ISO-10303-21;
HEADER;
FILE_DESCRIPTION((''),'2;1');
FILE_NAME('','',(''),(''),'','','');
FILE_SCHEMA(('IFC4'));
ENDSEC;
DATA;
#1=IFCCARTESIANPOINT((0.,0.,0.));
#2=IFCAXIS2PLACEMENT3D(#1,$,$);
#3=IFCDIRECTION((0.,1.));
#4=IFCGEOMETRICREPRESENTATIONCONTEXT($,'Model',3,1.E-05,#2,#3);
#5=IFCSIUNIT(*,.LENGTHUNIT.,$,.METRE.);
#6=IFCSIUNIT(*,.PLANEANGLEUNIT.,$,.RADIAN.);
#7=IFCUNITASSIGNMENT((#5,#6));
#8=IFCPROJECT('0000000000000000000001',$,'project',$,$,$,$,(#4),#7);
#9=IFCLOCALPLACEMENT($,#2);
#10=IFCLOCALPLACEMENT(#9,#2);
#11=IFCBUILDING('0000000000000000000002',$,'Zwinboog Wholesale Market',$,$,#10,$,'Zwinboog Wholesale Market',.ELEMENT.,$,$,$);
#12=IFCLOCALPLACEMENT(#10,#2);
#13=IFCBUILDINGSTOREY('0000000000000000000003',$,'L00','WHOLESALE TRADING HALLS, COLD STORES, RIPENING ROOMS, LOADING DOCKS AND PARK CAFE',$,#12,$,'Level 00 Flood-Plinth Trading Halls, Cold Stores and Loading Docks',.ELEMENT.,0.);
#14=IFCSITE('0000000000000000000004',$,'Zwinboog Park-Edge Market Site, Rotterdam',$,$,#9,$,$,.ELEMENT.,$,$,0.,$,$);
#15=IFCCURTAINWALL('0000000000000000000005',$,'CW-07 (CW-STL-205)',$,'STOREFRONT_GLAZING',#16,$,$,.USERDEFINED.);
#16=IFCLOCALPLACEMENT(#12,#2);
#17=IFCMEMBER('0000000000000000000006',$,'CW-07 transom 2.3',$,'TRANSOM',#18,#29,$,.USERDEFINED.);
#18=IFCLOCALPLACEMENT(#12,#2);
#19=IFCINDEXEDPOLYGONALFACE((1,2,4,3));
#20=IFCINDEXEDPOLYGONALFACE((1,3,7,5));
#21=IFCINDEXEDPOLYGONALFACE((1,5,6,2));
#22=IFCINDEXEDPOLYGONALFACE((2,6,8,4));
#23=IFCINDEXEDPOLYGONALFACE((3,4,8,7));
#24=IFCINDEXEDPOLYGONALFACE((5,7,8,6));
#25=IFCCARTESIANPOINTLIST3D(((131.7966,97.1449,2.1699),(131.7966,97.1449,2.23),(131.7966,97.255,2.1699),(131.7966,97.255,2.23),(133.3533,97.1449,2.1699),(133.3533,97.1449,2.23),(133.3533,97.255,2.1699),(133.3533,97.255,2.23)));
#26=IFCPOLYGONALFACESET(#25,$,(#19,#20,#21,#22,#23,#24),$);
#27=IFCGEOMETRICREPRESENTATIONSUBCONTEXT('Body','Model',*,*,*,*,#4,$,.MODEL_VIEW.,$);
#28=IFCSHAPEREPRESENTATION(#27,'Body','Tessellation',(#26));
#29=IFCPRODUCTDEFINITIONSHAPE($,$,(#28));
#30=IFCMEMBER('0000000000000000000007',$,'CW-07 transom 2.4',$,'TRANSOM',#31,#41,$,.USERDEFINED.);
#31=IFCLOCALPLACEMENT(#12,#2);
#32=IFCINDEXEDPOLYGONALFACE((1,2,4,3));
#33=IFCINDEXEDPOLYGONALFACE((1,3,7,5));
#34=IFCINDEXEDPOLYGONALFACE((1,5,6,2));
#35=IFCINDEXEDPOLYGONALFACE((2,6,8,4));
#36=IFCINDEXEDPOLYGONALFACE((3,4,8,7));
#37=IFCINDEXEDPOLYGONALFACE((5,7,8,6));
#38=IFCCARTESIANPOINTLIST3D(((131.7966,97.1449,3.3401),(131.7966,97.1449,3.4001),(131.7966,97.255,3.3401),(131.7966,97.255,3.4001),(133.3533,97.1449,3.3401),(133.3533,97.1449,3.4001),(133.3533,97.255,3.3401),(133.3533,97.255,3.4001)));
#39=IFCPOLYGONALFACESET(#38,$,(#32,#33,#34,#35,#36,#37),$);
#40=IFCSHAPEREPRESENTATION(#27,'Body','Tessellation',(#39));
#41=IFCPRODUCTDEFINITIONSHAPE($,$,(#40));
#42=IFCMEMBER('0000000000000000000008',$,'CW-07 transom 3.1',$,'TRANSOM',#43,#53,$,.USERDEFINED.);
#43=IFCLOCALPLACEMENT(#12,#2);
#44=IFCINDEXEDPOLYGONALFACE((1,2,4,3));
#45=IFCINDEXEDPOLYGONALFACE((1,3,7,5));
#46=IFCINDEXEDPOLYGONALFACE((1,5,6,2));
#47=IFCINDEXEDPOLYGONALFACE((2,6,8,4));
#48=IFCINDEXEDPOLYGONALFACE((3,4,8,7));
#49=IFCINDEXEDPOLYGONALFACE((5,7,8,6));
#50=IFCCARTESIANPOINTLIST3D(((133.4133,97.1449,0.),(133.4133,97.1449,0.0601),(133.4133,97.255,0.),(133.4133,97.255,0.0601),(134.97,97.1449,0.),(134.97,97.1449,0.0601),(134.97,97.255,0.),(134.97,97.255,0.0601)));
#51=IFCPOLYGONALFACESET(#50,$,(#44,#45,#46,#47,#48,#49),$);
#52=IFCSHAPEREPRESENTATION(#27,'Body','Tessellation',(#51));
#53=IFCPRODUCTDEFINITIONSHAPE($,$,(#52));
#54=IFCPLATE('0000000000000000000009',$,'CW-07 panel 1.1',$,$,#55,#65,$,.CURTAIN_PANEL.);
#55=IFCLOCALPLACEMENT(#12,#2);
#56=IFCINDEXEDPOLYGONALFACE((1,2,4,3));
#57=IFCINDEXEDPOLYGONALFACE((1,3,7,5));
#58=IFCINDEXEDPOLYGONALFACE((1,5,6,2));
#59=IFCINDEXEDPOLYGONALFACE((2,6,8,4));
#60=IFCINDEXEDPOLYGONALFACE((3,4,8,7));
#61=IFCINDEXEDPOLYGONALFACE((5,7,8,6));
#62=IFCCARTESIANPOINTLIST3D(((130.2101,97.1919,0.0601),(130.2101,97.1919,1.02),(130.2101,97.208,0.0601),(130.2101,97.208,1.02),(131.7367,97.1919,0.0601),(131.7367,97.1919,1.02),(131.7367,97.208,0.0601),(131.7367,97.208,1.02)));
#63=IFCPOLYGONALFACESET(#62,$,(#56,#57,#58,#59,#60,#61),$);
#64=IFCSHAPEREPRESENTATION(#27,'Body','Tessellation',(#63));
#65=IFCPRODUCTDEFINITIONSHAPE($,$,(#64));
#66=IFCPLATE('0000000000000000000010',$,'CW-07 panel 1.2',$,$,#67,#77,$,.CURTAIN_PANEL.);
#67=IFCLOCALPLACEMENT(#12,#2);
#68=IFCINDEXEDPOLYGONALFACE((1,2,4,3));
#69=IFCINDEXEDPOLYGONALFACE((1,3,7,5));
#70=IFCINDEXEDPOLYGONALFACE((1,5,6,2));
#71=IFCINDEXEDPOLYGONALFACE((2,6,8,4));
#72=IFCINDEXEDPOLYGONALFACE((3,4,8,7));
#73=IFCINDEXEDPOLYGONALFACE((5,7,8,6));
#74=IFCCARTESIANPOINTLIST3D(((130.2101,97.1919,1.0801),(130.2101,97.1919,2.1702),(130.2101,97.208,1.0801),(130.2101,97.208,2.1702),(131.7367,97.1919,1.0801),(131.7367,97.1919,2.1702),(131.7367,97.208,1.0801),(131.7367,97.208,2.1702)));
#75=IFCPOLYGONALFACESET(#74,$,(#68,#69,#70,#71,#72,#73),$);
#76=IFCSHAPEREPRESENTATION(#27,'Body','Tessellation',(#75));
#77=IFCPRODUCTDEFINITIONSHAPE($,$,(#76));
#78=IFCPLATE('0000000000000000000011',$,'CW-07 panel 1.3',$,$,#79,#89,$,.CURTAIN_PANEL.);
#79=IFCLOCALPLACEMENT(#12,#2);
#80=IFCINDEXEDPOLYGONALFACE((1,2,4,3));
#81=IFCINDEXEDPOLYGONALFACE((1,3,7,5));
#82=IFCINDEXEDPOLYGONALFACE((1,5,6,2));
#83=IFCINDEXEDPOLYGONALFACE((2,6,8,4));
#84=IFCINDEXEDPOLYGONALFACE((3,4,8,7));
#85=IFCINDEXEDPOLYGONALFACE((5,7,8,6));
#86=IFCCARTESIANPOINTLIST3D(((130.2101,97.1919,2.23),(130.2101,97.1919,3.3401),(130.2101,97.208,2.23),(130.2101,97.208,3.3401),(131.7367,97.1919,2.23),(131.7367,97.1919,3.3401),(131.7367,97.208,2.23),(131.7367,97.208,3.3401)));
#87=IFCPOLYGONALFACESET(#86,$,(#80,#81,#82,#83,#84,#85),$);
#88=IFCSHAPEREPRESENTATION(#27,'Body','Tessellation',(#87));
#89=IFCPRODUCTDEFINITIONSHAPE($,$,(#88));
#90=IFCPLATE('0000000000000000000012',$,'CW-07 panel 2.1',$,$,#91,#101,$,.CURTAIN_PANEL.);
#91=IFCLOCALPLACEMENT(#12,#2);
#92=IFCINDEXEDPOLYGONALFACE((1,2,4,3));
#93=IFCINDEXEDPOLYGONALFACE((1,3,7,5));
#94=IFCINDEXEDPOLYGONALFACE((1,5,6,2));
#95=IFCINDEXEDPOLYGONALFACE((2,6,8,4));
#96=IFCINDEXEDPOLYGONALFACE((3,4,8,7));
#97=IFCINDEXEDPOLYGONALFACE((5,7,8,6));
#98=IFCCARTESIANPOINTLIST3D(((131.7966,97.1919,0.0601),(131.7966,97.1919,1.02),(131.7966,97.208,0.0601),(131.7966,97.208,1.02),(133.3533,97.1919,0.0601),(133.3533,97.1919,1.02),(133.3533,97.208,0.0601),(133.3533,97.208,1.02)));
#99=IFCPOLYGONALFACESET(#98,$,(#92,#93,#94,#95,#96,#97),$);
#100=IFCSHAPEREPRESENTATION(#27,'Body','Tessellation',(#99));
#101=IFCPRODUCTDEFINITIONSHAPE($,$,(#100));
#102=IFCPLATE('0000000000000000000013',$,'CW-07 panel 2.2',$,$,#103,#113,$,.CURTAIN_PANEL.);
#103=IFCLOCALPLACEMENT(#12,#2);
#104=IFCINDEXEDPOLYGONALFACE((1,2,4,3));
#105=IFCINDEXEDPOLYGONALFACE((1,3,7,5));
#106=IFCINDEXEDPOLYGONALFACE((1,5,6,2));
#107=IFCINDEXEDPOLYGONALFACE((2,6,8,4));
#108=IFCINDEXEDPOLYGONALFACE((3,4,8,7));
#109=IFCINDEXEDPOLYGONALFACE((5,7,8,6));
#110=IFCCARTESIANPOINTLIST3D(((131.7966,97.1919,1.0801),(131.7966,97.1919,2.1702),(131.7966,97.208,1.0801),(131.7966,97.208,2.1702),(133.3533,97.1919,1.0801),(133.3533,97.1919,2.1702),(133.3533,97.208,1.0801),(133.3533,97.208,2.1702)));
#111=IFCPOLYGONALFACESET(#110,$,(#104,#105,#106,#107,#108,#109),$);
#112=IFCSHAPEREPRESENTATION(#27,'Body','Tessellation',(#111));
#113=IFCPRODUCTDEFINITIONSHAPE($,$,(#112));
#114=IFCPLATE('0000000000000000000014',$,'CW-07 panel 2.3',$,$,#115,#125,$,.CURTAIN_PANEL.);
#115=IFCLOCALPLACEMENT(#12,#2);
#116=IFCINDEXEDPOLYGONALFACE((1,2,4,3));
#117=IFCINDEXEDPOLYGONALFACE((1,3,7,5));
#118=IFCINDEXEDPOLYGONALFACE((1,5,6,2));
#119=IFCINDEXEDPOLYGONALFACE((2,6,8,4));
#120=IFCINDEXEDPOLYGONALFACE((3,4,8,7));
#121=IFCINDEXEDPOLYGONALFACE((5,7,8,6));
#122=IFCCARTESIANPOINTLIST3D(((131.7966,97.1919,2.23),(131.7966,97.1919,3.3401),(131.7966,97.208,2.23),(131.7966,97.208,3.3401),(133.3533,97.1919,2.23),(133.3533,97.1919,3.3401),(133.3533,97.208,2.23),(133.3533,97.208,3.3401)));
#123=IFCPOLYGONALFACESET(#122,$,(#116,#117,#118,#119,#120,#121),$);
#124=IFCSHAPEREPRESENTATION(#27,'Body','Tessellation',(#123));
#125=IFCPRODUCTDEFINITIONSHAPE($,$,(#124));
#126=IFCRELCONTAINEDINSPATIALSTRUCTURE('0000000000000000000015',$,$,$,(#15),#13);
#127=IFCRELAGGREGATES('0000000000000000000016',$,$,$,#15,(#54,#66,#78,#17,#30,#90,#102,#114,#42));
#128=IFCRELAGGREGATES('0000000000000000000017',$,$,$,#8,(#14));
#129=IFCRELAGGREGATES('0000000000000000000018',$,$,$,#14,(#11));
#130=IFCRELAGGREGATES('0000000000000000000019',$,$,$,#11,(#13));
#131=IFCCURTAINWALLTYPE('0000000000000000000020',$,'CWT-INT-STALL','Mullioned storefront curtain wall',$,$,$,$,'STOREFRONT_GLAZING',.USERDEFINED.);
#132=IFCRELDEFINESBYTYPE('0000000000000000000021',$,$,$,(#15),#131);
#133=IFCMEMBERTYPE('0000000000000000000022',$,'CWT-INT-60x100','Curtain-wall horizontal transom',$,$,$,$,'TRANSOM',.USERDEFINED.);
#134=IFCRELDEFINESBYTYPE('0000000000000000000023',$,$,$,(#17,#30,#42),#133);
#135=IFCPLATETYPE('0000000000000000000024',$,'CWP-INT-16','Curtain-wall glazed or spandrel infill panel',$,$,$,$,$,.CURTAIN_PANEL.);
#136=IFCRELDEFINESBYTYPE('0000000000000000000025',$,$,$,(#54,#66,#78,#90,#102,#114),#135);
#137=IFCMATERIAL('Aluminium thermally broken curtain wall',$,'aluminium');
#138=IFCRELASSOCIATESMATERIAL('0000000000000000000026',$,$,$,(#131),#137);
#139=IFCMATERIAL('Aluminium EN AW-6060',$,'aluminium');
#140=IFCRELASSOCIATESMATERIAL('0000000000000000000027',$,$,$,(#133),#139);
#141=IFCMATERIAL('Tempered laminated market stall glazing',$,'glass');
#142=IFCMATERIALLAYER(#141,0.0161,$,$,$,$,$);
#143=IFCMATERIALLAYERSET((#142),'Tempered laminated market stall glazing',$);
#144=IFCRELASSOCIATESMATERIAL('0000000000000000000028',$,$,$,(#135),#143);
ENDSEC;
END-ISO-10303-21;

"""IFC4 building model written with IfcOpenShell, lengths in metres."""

from ifc_helpers import new_model, si_unit, direction, frame, origin, origin_2d, place, context, subcontext, project, spatial, rectangle, extrude, material, layer, layer_set, material_profile, profile_set, type_object, element, aggregate, save


model = new_model("IFC4")

# Units and contexts
model_context = context("Model", 3, precision=1e-05, world=origin(), true_north=direction((0.0, 1.0)))
body_context = subcontext(model_context, "Body", "Model", "MODEL_VIEW")
ifc_project = project(units=[si_unit("LENGTHUNIT", "METRE"), si_unit("PLANEANGLEUNIT", "RADIAN")], contexts=[model_context])

# Site, building, storey
site_placement = place(None, origin())
site = spatial("IfcSite", under=ifc_project, at=site_placement, Name="Zwinboog Park-Edge Market Site, Rotterdam", CompositionType="ELEMENT", RefElevation=0.0)
building_placement = place(site_placement, origin())
building = spatial("IfcBuilding", under=site, at=building_placement, Name="Zwinboog Wholesale Market", LongName="Zwinboog Wholesale Market", CompositionType="ELEMENT")
storey_placement = place(building_placement, origin())
storey = spatial("IfcBuildingStorey", under=building, at=storey_placement, Name="L00", Description="WHOLESALE TRADING HALLS, COLD STORES, RIPENING ROOMS, LOADING DOCKS AND PARK CAFE", LongName="Level 00 Flood-Plinth Trading Halls, Cold Stores and Loading Docks", CompositionType="ELEMENT", Elevation=0.0)

# Curtain wall, members, plates
ifc_material_1 = material(Name="Aluminium thermally broken curtain wall", Category="aluminium")
curtain_wall_type = type_object("IfcCurtainWallType", Name="CWT-INT-STALL", Description="Mullioned storefront curtain wall", ElementType="STOREFRONT_GLAZING", PredefinedType="USERDEFINED", material=ifc_material_1)
curtain_wall_placement = place(storey_placement, origin())
curtain_wall = element("IfcCurtainWall", 1, at=curtain_wall_placement, inside=storey, type_object=curtain_wall_type, Name="CW-07 (CW-STL-205)", ObjectType="STOREFRONT_GLAZING", PredefinedType="USERDEFINED")
ifc_material_2 = material(Name="Aluminium EN AW-6060", Category="aluminium")
ifc_material_profile_1 = material_profile(ifc_material_2, rectangle(XDim=0.1101, YDim=0.0601, at=origin_2d()), Name="AL 60x110")
ifc_profile_set_1 = profile_set([ifc_material_profile_1], Name="Aluminium EN AW-6060")
member_type_1 = type_object("IfcMemberType", Name="CWT-INT-60x100", Description="Curtain-wall horizontal transom", ElementType="TRANSOM", PredefinedType="USERDEFINED", material=ifc_profile_set_1)
member_1_placement = place(storey_placement, frame((131.7966, 97.2, 2.2), z_axis=(1.0, 0.0, 0.0), x_axis=(0.0, 1.0, 0.0)))
member_1 = element("IfcMember", 2, at=member_1_placement, type_object=member_type_1, Name="CW-07 transom 2.3", ObjectType="TRANSOM", PredefinedType="USERDEFINED", context=body_context, shape_type="SweptSolid", body=[
    extrude(rectangle(XDim=0.1101, YDim=0.0601, at=origin_2d()), origin(), (0.0, 0.0, 1.0), 1.5566),
])
member_2_placement = place(storey_placement, frame((131.7966, 97.2, 3.3701), z_axis=(1.0, 0.0, 0.0), x_axis=(0.0, 1.0, 0.0)))
member_2 = element("IfcMember", 3, at=member_2_placement, type_object=member_type_1, Name="CW-07 transom 2.4", ObjectType="TRANSOM", PredefinedType="USERDEFINED", context=body_context, shape_type="SweptSolid", body=[
    extrude(rectangle(XDim=0.1101, YDim=0.0601, at=origin_2d()), origin(), (0.0, 0.0, 1.0), 1.5566),
])
member_3_placement = place(storey_placement, frame((133.4133, 97.2, 0.03), z_axis=(1.0, 0.0, 0.0), x_axis=(0.0, 1.0, 0.0)))
member_3 = element("IfcMember", 4, at=member_3_placement, type_object=member_type_1, Name="CW-07 transom 3.1", ObjectType="TRANSOM", PredefinedType="USERDEFINED", context=body_context, shape_type="SweptSolid", body=[
    extrude(rectangle(XDim=0.1101, YDim=0.0601, at=origin_2d()), origin(), (0.0, 0.0, 1.0), 1.5566),
])
ifc_material_3 = material(Name="Tempered laminated market stall glazing", Category="glass")
ifc_layer = layer(ifc_material_3, 0.0161)
ifc_layer_set = layer_set([ifc_layer], Name="Tempered laminated market stall glazing")
plate_type = type_object("IfcPlateType", Name="CWP-INT-16", Description="Curtain-wall glazed or spandrel infill panel", PredefinedType="CURTAIN_PANEL", material=ifc_layer_set)
plate_1_placement = place(storey_placement, frame((130.9734, 97.2, 0.0601), z_axis=(0.0, 0.0, 1.0), x_axis=(1.0, 0.0, 0.0)))
plate_1 = element("IfcPlate", 5, at=plate_1_placement, type_object=plate_type, Name="CW-07 panel 1.1", PredefinedType="CURTAIN_PANEL", context=body_context, shape_type="SweptSolid", body=[
    extrude(rectangle(XDim=1.5266, YDim=0.0161, at=origin_2d()), origin(), (0.0, 0.0, 1.0), 0.96),
])
plate_2_placement = place(storey_placement, frame((130.9734, 97.2, 1.0801), z_axis=(0.0, 0.0, 1.0), x_axis=(1.0, 0.0, 0.0)))
plate_2 = element("IfcPlate", 6, at=plate_2_placement, type_object=plate_type, Name="CW-07 panel 1.2", PredefinedType="CURTAIN_PANEL", context=body_context, shape_type="SweptSolid", body=[
    extrude(rectangle(XDim=1.5266, YDim=0.0161, at=origin_2d()), origin(), (0.0, 0.0, 1.0), 1.0901),
])
plate_3_placement = place(storey_placement, frame((130.9734, 97.2, 2.23), z_axis=(0.0, 0.0, 1.0), x_axis=(1.0, 0.0, 0.0)))
plate_3 = element("IfcPlate", 7, at=plate_3_placement, type_object=plate_type, Name="CW-07 panel 1.3", PredefinedType="CURTAIN_PANEL", context=body_context, shape_type="SweptSolid", body=[
    extrude(rectangle(XDim=1.5266, YDim=0.0161, at=origin_2d()), origin(), (0.0, 0.0, 1.0), 1.1101),
])
plate_4_placement = place(storey_placement, frame((132.575, 97.2, 0.0601), z_axis=(0.0, 0.0, 1.0), x_axis=(1.0, 0.0, 0.0)))
plate_4 = element("IfcPlate", 8, at=plate_4_placement, type_object=plate_type, Name="CW-07 panel 2.1", PredefinedType="CURTAIN_PANEL", context=body_context, shape_type="SweptSolid", body=[
    extrude(rectangle(XDim=1.5566, YDim=0.0161, at=origin_2d()), origin(), (0.0, 0.0, 1.0), 0.96),
])
plate_5_placement = place(storey_placement, frame((132.575, 97.2, 1.0801), z_axis=(0.0, 0.0, 1.0), x_axis=(1.0, 0.0, 0.0)))
plate_5 = element("IfcPlate", 9, at=plate_5_placement, type_object=plate_type, Name="CW-07 panel 2.2", PredefinedType="CURTAIN_PANEL", context=body_context, shape_type="SweptSolid", body=[
    extrude(rectangle(XDim=1.5566, YDim=0.0161, at=origin_2d()), origin(), (0.0, 0.0, 1.0), 1.0901),
])
plate_6_placement = place(storey_placement, frame((132.575, 97.2, 2.23), z_axis=(0.0, 0.0, 1.0), x_axis=(1.0, 0.0, 0.0)))
plate_6 = element("IfcPlate", 10, at=plate_6_placement, type_object=plate_type, Name="CW-07 panel 2.3", PredefinedType="CURTAIN_PANEL", context=body_context, shape_type="SweptSolid", body=[
    extrude(rectangle(XDim=1.5566, YDim=0.0161, at=origin_2d()), origin(), (0.0, 0.0, 1.0), 1.1101),
])
aggregate(curtain_wall, [plate_1, plate_2, plate_3, member_1, member_2, plate_4, plate_5, plate_6, member_3])

save(model, "model.ifc")
